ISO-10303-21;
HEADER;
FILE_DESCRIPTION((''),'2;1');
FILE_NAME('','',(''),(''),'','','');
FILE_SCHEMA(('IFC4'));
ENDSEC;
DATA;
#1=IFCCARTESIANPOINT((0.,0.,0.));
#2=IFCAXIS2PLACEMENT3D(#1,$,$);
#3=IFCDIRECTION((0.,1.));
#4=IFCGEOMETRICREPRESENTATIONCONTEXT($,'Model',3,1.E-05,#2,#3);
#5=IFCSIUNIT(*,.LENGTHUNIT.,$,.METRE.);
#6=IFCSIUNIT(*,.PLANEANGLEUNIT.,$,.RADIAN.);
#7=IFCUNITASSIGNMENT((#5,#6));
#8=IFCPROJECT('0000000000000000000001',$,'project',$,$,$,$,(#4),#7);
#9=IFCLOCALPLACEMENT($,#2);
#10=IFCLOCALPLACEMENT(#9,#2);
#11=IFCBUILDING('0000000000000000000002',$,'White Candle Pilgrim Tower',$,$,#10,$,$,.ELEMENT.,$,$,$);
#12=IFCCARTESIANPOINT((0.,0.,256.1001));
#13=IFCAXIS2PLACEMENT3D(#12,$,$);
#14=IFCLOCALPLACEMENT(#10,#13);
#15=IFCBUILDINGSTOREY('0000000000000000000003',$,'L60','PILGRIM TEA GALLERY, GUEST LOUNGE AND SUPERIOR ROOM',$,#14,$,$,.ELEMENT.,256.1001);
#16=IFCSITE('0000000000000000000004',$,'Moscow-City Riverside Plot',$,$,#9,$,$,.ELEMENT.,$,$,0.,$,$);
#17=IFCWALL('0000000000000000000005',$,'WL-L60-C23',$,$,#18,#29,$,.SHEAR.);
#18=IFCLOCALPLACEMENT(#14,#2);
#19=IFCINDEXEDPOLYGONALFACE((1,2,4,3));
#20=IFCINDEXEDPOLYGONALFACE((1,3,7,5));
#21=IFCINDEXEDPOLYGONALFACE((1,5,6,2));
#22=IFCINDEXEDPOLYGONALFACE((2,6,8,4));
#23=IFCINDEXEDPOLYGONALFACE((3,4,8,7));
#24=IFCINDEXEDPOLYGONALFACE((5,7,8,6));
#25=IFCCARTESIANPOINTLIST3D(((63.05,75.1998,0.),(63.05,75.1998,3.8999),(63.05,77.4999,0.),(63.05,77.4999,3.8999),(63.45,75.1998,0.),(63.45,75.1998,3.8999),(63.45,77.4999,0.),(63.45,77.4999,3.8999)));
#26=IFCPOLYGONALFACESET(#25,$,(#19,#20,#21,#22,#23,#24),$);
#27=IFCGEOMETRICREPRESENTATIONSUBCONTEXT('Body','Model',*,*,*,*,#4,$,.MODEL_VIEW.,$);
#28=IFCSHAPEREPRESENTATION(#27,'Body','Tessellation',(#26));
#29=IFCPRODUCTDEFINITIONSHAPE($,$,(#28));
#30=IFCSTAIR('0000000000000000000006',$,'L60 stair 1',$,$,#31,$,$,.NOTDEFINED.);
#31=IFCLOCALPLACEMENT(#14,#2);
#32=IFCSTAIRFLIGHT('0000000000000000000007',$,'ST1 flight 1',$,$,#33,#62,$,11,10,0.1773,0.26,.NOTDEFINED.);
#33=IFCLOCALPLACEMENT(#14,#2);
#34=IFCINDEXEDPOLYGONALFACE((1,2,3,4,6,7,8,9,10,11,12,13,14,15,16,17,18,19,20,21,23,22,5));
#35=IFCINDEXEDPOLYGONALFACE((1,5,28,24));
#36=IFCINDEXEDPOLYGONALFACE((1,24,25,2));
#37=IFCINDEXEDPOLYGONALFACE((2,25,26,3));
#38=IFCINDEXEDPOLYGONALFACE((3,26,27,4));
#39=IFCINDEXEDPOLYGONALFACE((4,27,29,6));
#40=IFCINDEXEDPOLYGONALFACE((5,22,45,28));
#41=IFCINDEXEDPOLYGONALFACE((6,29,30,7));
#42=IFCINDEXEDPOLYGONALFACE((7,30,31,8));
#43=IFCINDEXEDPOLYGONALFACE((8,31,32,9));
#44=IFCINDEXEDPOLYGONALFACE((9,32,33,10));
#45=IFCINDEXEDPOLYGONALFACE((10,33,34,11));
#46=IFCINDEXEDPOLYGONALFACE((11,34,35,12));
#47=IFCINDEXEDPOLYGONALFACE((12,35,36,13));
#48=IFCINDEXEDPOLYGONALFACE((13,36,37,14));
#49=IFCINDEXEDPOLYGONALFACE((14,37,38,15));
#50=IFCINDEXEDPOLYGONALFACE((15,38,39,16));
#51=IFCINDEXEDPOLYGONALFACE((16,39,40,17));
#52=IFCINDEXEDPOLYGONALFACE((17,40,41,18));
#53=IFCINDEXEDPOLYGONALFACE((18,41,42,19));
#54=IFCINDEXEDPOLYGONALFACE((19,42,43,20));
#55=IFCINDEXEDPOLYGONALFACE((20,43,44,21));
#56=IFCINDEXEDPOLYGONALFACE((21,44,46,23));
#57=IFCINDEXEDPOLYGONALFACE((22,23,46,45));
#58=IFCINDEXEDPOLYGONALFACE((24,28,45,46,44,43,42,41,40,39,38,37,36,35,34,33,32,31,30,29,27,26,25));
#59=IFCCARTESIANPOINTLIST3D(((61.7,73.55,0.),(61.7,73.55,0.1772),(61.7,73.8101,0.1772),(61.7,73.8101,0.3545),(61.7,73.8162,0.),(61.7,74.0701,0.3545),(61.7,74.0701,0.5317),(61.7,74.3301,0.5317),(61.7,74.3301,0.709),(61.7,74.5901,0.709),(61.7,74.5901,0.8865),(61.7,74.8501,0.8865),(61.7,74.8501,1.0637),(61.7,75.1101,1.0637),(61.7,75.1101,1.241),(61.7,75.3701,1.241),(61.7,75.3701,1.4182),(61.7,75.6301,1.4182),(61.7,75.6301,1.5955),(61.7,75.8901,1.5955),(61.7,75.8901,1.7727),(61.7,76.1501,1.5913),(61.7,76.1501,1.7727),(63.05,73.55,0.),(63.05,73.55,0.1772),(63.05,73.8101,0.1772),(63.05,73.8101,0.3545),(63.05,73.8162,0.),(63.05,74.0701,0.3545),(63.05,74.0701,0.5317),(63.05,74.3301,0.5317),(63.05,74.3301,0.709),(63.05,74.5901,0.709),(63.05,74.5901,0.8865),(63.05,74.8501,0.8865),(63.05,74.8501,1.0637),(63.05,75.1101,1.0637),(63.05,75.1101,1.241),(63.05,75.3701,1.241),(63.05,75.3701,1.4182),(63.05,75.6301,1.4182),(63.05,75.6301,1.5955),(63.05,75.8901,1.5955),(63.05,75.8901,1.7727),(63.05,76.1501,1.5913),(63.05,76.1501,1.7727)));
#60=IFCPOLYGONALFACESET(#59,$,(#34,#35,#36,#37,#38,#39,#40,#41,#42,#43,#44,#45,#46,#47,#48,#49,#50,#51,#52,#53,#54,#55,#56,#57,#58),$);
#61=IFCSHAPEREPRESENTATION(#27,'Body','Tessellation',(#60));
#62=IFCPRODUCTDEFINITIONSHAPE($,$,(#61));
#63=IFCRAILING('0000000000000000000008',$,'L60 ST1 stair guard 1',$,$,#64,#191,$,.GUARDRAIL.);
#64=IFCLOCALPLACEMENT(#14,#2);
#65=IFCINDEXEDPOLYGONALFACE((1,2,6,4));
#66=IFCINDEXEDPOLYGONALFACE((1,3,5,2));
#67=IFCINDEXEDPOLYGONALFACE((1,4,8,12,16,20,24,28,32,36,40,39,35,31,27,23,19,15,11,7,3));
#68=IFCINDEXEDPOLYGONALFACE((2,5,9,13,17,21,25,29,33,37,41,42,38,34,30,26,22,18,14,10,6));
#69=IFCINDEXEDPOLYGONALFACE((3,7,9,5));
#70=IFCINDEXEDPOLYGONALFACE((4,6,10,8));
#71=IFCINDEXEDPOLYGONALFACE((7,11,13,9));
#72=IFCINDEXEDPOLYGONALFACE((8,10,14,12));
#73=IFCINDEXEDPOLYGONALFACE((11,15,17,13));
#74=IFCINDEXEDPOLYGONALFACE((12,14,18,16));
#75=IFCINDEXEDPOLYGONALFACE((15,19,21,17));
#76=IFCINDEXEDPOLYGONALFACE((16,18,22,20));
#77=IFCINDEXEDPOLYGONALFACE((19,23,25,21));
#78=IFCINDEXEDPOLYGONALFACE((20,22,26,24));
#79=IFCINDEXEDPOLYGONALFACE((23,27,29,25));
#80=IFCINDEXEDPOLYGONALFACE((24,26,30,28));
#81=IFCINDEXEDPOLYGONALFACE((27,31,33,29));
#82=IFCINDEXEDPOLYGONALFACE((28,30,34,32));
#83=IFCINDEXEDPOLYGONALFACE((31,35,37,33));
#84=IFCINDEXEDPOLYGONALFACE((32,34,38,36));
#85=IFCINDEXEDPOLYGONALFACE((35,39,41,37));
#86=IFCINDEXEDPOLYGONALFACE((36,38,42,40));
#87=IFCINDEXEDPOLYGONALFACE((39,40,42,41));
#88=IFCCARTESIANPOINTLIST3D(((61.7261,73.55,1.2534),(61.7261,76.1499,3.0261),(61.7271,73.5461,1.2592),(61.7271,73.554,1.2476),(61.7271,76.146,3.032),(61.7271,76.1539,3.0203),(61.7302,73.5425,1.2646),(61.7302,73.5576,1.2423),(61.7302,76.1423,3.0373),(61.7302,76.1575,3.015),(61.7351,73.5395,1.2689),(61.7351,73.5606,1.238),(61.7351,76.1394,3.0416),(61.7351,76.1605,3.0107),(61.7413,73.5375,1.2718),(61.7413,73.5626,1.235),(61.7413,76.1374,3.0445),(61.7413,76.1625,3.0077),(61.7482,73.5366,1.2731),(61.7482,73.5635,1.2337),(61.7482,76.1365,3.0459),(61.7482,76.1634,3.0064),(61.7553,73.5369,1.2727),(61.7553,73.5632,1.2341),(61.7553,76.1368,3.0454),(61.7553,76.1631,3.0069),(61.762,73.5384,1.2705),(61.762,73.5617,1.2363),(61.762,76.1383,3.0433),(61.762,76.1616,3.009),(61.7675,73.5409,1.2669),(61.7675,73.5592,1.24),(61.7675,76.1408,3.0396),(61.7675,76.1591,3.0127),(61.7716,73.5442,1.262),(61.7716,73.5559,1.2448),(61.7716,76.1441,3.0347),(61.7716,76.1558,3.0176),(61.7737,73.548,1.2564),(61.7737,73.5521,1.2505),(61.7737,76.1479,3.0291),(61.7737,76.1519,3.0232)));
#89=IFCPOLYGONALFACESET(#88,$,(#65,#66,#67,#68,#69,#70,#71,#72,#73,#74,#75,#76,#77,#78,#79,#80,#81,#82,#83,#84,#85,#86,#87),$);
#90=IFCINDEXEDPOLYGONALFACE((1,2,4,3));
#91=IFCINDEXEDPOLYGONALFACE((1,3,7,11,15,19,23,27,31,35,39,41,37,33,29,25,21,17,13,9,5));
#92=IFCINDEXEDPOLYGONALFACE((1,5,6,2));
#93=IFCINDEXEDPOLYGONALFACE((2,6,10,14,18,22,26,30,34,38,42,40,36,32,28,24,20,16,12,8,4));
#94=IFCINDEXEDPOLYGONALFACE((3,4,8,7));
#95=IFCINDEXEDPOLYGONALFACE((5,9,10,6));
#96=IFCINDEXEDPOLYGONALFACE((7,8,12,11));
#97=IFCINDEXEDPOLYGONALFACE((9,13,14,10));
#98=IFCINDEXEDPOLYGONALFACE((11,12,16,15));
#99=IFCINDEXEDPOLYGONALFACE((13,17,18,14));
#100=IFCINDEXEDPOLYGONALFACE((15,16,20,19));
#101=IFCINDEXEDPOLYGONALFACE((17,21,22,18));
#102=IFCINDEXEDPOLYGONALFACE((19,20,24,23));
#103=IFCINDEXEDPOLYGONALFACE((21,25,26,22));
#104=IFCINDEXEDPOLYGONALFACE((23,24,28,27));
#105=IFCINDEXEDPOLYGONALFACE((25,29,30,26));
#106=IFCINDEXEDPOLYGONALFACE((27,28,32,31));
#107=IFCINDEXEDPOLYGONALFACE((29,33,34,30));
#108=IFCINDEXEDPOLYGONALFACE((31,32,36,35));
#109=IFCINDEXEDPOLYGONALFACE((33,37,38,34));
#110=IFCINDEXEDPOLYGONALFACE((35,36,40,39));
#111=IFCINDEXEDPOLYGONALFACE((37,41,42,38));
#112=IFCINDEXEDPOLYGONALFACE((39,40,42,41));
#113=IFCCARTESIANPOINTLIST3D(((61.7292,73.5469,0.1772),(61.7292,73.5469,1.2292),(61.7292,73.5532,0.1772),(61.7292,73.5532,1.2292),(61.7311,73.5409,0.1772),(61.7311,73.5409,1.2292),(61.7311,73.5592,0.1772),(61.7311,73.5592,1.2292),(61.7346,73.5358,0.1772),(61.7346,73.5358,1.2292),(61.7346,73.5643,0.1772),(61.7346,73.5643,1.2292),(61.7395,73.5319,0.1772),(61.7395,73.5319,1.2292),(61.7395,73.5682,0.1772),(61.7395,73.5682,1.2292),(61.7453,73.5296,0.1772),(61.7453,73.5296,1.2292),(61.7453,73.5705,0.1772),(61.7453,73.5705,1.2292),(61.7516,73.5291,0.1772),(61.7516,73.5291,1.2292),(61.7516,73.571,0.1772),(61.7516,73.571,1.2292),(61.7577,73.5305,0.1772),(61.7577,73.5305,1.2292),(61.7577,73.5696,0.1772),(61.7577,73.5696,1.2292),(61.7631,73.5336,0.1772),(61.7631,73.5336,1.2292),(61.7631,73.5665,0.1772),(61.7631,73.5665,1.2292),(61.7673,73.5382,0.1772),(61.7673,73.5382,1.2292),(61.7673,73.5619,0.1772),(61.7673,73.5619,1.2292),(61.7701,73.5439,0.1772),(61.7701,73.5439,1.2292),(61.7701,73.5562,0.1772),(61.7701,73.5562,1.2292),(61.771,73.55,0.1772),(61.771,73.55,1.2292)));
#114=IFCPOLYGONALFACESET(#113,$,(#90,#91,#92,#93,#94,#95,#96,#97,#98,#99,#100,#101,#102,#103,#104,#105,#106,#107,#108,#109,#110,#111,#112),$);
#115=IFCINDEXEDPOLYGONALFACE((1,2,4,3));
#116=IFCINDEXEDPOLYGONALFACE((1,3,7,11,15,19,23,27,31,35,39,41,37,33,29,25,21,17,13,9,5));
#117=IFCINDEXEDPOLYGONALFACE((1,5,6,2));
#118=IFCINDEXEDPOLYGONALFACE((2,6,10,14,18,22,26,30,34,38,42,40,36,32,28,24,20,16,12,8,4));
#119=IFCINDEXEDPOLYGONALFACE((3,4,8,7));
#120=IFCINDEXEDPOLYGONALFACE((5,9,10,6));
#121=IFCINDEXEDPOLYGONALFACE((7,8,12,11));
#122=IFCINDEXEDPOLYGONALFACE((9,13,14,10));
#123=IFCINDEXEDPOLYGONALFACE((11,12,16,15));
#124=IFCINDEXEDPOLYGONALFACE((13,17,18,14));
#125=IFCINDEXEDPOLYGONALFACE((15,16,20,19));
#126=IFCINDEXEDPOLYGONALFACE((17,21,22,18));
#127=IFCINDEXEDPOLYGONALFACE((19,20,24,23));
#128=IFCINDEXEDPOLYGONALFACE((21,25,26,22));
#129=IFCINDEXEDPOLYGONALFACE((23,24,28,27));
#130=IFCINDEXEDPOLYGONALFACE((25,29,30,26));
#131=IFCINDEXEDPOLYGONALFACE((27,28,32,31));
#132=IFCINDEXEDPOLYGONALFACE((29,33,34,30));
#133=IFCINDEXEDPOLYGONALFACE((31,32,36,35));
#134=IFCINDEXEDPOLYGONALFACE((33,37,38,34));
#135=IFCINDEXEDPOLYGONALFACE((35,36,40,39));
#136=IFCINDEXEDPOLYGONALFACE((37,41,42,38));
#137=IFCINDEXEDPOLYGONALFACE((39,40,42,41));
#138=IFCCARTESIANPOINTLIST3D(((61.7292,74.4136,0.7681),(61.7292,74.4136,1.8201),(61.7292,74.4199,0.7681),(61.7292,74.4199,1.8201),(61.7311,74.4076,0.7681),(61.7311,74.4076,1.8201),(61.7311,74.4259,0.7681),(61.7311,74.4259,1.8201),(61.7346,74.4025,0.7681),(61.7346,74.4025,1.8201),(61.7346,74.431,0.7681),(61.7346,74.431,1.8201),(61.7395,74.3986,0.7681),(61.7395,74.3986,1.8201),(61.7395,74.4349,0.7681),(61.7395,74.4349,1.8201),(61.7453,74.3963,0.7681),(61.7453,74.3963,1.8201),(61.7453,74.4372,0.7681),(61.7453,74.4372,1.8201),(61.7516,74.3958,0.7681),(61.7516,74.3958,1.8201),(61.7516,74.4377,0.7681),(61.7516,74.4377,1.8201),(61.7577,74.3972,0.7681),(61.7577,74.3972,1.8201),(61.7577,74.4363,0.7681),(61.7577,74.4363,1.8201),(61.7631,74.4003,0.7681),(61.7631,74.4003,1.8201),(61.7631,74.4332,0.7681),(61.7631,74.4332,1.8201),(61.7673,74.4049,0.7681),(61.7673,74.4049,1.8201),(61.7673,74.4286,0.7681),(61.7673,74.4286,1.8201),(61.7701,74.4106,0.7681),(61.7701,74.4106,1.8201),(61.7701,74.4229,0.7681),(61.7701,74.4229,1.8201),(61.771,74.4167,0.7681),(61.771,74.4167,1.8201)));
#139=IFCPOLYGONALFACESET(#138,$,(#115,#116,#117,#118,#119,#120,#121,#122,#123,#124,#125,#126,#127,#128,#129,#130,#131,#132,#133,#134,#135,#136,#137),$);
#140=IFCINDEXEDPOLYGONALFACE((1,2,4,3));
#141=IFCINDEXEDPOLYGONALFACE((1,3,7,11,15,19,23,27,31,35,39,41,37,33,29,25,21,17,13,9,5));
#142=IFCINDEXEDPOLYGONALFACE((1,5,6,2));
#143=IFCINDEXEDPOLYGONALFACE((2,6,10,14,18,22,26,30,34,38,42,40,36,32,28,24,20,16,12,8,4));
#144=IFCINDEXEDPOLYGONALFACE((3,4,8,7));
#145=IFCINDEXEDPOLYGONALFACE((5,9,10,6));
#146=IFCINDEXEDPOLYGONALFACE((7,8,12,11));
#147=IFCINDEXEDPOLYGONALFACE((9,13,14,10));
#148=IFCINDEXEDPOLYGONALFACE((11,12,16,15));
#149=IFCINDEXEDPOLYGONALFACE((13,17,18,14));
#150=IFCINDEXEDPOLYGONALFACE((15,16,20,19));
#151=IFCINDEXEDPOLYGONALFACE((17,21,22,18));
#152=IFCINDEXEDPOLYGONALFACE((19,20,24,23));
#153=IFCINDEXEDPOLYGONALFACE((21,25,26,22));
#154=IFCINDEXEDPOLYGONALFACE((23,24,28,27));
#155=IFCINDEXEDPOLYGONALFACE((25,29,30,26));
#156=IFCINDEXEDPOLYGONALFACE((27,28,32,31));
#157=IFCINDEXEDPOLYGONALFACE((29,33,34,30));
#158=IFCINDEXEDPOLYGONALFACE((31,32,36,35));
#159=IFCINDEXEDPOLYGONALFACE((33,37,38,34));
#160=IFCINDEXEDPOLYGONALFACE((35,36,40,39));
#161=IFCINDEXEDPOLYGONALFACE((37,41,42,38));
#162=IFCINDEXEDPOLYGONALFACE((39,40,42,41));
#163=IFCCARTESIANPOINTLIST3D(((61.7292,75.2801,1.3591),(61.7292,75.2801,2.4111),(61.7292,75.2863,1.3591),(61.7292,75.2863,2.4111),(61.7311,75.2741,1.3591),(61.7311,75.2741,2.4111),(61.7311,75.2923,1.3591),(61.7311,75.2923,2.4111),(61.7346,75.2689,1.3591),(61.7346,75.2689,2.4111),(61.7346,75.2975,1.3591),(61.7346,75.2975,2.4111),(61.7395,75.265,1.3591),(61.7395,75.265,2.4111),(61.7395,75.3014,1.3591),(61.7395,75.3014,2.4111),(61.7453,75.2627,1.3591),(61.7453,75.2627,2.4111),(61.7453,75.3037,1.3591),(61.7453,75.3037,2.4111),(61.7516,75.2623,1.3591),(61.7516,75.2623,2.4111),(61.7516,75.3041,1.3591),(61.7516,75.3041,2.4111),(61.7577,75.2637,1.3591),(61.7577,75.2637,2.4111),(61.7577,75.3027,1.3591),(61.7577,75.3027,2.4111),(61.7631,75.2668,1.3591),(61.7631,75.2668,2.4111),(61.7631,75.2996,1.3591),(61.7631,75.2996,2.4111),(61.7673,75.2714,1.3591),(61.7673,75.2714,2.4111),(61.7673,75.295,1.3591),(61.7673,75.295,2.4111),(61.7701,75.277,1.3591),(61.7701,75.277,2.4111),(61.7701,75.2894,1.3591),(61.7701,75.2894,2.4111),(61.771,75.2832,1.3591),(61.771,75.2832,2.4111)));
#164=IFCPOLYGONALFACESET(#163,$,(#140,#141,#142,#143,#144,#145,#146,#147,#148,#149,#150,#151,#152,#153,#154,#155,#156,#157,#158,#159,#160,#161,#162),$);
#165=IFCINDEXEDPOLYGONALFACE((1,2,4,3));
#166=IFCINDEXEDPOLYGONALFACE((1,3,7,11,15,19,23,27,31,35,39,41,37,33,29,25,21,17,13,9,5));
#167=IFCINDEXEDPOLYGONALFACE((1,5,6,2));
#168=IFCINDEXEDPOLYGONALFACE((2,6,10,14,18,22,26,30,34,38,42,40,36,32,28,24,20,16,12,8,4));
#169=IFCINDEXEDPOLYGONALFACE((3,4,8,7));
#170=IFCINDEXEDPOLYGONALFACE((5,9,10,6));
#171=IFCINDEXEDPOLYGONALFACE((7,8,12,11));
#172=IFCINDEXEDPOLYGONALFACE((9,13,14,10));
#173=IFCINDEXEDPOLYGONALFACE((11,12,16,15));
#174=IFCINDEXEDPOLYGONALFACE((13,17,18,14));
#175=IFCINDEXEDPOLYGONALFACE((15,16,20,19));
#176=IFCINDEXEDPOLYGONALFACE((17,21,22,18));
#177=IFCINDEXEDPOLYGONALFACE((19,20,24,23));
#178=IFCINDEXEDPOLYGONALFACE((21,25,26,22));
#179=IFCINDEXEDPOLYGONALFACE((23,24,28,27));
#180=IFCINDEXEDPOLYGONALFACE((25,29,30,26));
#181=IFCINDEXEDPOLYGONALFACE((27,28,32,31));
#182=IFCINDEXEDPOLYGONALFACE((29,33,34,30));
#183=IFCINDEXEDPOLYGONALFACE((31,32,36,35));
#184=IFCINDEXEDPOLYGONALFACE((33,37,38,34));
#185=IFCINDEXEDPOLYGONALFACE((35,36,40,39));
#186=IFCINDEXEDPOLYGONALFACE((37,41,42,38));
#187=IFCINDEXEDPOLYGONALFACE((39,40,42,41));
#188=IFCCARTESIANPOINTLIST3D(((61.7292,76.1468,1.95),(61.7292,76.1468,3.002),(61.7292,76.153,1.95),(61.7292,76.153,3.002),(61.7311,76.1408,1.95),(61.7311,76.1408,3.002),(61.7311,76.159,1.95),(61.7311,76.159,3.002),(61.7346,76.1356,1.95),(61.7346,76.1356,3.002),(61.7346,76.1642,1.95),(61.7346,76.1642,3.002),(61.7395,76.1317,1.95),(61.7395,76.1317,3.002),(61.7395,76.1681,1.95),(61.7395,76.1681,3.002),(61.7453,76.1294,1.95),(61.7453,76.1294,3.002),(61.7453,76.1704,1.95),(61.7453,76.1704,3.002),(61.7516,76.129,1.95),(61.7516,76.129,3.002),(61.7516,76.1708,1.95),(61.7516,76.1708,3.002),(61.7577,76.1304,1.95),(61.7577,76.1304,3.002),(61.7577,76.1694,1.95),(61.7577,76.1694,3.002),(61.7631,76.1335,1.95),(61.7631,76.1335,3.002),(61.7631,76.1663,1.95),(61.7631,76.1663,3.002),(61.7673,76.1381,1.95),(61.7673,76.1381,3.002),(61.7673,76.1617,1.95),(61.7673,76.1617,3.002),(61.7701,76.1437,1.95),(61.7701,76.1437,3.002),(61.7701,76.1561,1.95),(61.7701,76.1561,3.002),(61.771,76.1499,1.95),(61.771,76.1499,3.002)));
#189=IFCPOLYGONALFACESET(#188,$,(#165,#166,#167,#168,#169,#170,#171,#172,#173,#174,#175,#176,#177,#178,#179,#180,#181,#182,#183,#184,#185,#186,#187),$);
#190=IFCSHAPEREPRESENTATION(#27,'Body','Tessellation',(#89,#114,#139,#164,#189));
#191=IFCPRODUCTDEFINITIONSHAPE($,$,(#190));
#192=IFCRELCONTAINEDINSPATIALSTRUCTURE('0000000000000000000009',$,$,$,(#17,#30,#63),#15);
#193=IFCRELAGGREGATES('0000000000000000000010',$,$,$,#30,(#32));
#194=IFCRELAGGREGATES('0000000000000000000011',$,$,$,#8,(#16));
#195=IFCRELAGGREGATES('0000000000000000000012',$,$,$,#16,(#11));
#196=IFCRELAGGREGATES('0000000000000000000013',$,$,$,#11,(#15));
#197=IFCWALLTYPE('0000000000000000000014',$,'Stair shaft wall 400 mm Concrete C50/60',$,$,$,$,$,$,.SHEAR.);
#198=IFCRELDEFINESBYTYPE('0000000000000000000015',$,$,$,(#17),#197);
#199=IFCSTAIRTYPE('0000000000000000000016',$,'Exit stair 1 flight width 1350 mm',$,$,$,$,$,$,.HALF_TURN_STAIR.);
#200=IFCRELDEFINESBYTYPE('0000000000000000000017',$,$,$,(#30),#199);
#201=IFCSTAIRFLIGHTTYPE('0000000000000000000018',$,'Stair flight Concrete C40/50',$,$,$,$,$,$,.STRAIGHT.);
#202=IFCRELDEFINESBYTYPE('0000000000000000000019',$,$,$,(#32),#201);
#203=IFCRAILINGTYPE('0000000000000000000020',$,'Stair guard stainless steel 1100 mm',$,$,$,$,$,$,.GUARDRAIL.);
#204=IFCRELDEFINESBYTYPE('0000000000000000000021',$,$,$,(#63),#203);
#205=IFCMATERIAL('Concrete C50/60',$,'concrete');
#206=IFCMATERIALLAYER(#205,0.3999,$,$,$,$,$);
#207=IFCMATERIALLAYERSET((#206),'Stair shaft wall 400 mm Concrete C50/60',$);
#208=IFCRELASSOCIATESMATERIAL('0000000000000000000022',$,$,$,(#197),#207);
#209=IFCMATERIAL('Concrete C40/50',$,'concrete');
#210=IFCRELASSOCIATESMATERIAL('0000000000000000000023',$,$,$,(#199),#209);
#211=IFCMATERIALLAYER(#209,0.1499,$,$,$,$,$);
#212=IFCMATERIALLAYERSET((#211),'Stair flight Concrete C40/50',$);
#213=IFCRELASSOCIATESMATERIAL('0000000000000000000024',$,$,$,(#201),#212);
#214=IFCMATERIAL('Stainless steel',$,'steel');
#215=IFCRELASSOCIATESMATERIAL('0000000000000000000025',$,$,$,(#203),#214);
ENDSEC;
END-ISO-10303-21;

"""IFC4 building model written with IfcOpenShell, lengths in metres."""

from ifc_helpers import new_model, si_unit, direction, frame, frame_2d, origin, origin_2d, place, context, subcontext, project, spatial, polyline, rectangle, circle, outline, extrude, material, layer, layer_set, type_object, element, aggregate, save


model = new_model("IFC4")

# Units and contexts
model_context = context("Model", 3, precision=1e-05, world=origin(), true_north=direction((0.0, 1.0)))
body_context = subcontext(model_context, "Body", "Model", "MODEL_VIEW")
ifc_project = project(units=[si_unit("LENGTHUNIT", "METRE"), si_unit("PLANEANGLEUNIT", "RADIAN")], contexts=[model_context])

# Site, building, storey
site_placement = place(None, origin())
site = spatial("IfcSite", under=ifc_project, at=site_placement, Name="Moscow-City Riverside Plot", CompositionType="ELEMENT", RefElevation=0.0)
building_placement = place(site_placement, origin())
building = spatial("IfcBuilding", under=site, at=building_placement, Name="White Candle Pilgrim Tower", CompositionType="ELEMENT")
storey_placement = place(building_placement, frame((0.0, 0.0, 256.1001)))
storey = spatial("IfcBuildingStorey", under=building, at=storey_placement, Name="L60", Description="PILGRIM TEA GALLERY, GUEST LOUNGE AND SUPERIOR ROOM", CompositionType="ELEMENT", Elevation=256.1001)

# Wall
ifc_material_1 = material(Name="Concrete C50/60", Category="concrete")
ifc_layer_1 = layer(ifc_material_1, 0.3999)
ifc_layer_set_1 = layer_set([ifc_layer_1], Name="Stair shaft wall 400 mm Concrete C50/60")
wall_type_1 = type_object("IfcWallType", Name="Stair shaft wall 400 mm Concrete C50/60", PredefinedType="SHEAR", material=ifc_layer_set_1)
wall_1_placement = place(storey_placement, frame((63.25, 75.2, 0.0), z_axis=(0.0, 0.0, 1.0), x_axis=(0.0, 1.0, 0.0)))
element("IfcWall", 1, at=wall_1_placement, inside=storey, type_object=wall_type_1, Name="WL-L60-C23", PredefinedType="SHEAR", context=body_context, shape_type="SweptSolid", body=[
    extrude(rectangle(XDim=2.3, YDim=0.3999, at=frame_2d((1.1499, 0.0))), origin(), (0.0, 0.0, 1.0), 3.8999),
])

# Stair, stair flight
ifc_material_2 = material(Name="Concrete C40/50", Category="concrete")
stair_type = type_object("IfcStairType", Name="Exit stair 1 flight width 1350 mm", PredefinedType="HALF_TURN_STAIR", material=ifc_material_2)
stair_placement = place(storey_placement, origin())
stair = element("IfcStair", 2, at=stair_placement, inside=storey, type_object=stair_type, Name="L60 stair 1", PredefinedType="NOTDEFINED")
ifc_layer_2 = layer(ifc_material_2, 0.1499)
ifc_layer_set_2 = layer_set([ifc_layer_2], Name="Stair flight Concrete C40/50")
stair_flight_type = type_object("IfcStairFlightType", Name="Stair flight Concrete C40/50", PredefinedType="STRAIGHT", material=ifc_layer_set_2)
stair_flight_placement = place(storey_placement, frame((62.375, 73.55, 0.0), z_axis=(0.0, 0.0, 1.0), x_axis=(0.0, 1.0, 0.0)))
stair_flight = element("IfcStairFlight", 3, at=stair_flight_placement, type_object=stair_flight_type, Name="ST1 flight 1", NumberOfRisers=11, NumberOfTreads=10, PredefinedType="NOTDEFINED", RiserHeight=0.1773, TreadLength=0.26, context=body_context, shape_type="SweptSolid", body=[
    extrude(outline(polyline([(0.0, 0.0), (0.0, 0.1772), (0.26, 0.1772), (0.26, 0.3545), (0.52, 0.3545), (0.52, 0.5317), (0.78, 0.5317), (0.78, 0.709), (1.04, 0.709), (1.04, 0.8865), (1.3, 0.8865), (1.3, 1.0637), (1.5601, 1.0637), (1.5601, 1.241), (1.8201, 1.241), (1.8201, 1.4182), (2.0801, 1.4182), (2.0801, 1.5955), (2.3401, 1.5955), (2.3401, 1.7727), (2.6001, 1.7727), (2.6001, 1.95), (2.6001, 1.5913), (0.2661, 0.0), (0.0, 0.0)])), frame((0.0, 0.675, 0.0), z_axis=(0.0, -1.0, 0.0), x_axis=(1.0, 0.0, 0.0)), (0.0, 0.0, 1.0), 1.3501),
])
aggregate(stair, [stair_flight])

# Railing
ifc_material_3 = material(Name="Stainless steel", Category="steel")
railing_type_1 = type_object("IfcRailingType", Name="Stair guard stainless steel 1100 mm", PredefinedType="GUARDRAIL", material=ifc_material_3)
railing_1_placement = place(storey_placement, frame((61.75, 73.55, 0.1772)))
element("IfcRailing", 4, at=railing_1_placement, inside=storey, type_object=railing_type_1, Name="L60 ST1 stair guard 1", PredefinedType="GUARDRAIL", context=body_context, shape_type="SweptSolid", body=[
    extrude(circle(Radius=0.0239, at=origin_2d()), frame((0.0, 0.0, 1.0762), z_axis=(0.0, 0.826216, 0.563354), x_axis=(-1.0, 0.0, 0.0)), (0.0, 0.0, 1.0), 3.1467),
    extrude(circle(Radius=0.021, at=origin_2d()), origin(), (0.0, 0.0, 1.0), 1.052),
    extrude(circle(Radius=0.021, at=origin_2d()), frame((0.0, 0.8667, 0.5908)), (0.0, 0.0, 1.0), 1.052),
    extrude(circle(Radius=0.021, at=origin_2d()), frame((0.0, 1.7332, 1.1819)), (0.0, 0.0, 1.0), 1.052),
    extrude(circle(Radius=0.021, at=origin_2d()), frame((0.0, 2.5999, 1.7727)), (0.0, 0.0, 1.0), 1.052),
])

save(model, "model.ifc")
